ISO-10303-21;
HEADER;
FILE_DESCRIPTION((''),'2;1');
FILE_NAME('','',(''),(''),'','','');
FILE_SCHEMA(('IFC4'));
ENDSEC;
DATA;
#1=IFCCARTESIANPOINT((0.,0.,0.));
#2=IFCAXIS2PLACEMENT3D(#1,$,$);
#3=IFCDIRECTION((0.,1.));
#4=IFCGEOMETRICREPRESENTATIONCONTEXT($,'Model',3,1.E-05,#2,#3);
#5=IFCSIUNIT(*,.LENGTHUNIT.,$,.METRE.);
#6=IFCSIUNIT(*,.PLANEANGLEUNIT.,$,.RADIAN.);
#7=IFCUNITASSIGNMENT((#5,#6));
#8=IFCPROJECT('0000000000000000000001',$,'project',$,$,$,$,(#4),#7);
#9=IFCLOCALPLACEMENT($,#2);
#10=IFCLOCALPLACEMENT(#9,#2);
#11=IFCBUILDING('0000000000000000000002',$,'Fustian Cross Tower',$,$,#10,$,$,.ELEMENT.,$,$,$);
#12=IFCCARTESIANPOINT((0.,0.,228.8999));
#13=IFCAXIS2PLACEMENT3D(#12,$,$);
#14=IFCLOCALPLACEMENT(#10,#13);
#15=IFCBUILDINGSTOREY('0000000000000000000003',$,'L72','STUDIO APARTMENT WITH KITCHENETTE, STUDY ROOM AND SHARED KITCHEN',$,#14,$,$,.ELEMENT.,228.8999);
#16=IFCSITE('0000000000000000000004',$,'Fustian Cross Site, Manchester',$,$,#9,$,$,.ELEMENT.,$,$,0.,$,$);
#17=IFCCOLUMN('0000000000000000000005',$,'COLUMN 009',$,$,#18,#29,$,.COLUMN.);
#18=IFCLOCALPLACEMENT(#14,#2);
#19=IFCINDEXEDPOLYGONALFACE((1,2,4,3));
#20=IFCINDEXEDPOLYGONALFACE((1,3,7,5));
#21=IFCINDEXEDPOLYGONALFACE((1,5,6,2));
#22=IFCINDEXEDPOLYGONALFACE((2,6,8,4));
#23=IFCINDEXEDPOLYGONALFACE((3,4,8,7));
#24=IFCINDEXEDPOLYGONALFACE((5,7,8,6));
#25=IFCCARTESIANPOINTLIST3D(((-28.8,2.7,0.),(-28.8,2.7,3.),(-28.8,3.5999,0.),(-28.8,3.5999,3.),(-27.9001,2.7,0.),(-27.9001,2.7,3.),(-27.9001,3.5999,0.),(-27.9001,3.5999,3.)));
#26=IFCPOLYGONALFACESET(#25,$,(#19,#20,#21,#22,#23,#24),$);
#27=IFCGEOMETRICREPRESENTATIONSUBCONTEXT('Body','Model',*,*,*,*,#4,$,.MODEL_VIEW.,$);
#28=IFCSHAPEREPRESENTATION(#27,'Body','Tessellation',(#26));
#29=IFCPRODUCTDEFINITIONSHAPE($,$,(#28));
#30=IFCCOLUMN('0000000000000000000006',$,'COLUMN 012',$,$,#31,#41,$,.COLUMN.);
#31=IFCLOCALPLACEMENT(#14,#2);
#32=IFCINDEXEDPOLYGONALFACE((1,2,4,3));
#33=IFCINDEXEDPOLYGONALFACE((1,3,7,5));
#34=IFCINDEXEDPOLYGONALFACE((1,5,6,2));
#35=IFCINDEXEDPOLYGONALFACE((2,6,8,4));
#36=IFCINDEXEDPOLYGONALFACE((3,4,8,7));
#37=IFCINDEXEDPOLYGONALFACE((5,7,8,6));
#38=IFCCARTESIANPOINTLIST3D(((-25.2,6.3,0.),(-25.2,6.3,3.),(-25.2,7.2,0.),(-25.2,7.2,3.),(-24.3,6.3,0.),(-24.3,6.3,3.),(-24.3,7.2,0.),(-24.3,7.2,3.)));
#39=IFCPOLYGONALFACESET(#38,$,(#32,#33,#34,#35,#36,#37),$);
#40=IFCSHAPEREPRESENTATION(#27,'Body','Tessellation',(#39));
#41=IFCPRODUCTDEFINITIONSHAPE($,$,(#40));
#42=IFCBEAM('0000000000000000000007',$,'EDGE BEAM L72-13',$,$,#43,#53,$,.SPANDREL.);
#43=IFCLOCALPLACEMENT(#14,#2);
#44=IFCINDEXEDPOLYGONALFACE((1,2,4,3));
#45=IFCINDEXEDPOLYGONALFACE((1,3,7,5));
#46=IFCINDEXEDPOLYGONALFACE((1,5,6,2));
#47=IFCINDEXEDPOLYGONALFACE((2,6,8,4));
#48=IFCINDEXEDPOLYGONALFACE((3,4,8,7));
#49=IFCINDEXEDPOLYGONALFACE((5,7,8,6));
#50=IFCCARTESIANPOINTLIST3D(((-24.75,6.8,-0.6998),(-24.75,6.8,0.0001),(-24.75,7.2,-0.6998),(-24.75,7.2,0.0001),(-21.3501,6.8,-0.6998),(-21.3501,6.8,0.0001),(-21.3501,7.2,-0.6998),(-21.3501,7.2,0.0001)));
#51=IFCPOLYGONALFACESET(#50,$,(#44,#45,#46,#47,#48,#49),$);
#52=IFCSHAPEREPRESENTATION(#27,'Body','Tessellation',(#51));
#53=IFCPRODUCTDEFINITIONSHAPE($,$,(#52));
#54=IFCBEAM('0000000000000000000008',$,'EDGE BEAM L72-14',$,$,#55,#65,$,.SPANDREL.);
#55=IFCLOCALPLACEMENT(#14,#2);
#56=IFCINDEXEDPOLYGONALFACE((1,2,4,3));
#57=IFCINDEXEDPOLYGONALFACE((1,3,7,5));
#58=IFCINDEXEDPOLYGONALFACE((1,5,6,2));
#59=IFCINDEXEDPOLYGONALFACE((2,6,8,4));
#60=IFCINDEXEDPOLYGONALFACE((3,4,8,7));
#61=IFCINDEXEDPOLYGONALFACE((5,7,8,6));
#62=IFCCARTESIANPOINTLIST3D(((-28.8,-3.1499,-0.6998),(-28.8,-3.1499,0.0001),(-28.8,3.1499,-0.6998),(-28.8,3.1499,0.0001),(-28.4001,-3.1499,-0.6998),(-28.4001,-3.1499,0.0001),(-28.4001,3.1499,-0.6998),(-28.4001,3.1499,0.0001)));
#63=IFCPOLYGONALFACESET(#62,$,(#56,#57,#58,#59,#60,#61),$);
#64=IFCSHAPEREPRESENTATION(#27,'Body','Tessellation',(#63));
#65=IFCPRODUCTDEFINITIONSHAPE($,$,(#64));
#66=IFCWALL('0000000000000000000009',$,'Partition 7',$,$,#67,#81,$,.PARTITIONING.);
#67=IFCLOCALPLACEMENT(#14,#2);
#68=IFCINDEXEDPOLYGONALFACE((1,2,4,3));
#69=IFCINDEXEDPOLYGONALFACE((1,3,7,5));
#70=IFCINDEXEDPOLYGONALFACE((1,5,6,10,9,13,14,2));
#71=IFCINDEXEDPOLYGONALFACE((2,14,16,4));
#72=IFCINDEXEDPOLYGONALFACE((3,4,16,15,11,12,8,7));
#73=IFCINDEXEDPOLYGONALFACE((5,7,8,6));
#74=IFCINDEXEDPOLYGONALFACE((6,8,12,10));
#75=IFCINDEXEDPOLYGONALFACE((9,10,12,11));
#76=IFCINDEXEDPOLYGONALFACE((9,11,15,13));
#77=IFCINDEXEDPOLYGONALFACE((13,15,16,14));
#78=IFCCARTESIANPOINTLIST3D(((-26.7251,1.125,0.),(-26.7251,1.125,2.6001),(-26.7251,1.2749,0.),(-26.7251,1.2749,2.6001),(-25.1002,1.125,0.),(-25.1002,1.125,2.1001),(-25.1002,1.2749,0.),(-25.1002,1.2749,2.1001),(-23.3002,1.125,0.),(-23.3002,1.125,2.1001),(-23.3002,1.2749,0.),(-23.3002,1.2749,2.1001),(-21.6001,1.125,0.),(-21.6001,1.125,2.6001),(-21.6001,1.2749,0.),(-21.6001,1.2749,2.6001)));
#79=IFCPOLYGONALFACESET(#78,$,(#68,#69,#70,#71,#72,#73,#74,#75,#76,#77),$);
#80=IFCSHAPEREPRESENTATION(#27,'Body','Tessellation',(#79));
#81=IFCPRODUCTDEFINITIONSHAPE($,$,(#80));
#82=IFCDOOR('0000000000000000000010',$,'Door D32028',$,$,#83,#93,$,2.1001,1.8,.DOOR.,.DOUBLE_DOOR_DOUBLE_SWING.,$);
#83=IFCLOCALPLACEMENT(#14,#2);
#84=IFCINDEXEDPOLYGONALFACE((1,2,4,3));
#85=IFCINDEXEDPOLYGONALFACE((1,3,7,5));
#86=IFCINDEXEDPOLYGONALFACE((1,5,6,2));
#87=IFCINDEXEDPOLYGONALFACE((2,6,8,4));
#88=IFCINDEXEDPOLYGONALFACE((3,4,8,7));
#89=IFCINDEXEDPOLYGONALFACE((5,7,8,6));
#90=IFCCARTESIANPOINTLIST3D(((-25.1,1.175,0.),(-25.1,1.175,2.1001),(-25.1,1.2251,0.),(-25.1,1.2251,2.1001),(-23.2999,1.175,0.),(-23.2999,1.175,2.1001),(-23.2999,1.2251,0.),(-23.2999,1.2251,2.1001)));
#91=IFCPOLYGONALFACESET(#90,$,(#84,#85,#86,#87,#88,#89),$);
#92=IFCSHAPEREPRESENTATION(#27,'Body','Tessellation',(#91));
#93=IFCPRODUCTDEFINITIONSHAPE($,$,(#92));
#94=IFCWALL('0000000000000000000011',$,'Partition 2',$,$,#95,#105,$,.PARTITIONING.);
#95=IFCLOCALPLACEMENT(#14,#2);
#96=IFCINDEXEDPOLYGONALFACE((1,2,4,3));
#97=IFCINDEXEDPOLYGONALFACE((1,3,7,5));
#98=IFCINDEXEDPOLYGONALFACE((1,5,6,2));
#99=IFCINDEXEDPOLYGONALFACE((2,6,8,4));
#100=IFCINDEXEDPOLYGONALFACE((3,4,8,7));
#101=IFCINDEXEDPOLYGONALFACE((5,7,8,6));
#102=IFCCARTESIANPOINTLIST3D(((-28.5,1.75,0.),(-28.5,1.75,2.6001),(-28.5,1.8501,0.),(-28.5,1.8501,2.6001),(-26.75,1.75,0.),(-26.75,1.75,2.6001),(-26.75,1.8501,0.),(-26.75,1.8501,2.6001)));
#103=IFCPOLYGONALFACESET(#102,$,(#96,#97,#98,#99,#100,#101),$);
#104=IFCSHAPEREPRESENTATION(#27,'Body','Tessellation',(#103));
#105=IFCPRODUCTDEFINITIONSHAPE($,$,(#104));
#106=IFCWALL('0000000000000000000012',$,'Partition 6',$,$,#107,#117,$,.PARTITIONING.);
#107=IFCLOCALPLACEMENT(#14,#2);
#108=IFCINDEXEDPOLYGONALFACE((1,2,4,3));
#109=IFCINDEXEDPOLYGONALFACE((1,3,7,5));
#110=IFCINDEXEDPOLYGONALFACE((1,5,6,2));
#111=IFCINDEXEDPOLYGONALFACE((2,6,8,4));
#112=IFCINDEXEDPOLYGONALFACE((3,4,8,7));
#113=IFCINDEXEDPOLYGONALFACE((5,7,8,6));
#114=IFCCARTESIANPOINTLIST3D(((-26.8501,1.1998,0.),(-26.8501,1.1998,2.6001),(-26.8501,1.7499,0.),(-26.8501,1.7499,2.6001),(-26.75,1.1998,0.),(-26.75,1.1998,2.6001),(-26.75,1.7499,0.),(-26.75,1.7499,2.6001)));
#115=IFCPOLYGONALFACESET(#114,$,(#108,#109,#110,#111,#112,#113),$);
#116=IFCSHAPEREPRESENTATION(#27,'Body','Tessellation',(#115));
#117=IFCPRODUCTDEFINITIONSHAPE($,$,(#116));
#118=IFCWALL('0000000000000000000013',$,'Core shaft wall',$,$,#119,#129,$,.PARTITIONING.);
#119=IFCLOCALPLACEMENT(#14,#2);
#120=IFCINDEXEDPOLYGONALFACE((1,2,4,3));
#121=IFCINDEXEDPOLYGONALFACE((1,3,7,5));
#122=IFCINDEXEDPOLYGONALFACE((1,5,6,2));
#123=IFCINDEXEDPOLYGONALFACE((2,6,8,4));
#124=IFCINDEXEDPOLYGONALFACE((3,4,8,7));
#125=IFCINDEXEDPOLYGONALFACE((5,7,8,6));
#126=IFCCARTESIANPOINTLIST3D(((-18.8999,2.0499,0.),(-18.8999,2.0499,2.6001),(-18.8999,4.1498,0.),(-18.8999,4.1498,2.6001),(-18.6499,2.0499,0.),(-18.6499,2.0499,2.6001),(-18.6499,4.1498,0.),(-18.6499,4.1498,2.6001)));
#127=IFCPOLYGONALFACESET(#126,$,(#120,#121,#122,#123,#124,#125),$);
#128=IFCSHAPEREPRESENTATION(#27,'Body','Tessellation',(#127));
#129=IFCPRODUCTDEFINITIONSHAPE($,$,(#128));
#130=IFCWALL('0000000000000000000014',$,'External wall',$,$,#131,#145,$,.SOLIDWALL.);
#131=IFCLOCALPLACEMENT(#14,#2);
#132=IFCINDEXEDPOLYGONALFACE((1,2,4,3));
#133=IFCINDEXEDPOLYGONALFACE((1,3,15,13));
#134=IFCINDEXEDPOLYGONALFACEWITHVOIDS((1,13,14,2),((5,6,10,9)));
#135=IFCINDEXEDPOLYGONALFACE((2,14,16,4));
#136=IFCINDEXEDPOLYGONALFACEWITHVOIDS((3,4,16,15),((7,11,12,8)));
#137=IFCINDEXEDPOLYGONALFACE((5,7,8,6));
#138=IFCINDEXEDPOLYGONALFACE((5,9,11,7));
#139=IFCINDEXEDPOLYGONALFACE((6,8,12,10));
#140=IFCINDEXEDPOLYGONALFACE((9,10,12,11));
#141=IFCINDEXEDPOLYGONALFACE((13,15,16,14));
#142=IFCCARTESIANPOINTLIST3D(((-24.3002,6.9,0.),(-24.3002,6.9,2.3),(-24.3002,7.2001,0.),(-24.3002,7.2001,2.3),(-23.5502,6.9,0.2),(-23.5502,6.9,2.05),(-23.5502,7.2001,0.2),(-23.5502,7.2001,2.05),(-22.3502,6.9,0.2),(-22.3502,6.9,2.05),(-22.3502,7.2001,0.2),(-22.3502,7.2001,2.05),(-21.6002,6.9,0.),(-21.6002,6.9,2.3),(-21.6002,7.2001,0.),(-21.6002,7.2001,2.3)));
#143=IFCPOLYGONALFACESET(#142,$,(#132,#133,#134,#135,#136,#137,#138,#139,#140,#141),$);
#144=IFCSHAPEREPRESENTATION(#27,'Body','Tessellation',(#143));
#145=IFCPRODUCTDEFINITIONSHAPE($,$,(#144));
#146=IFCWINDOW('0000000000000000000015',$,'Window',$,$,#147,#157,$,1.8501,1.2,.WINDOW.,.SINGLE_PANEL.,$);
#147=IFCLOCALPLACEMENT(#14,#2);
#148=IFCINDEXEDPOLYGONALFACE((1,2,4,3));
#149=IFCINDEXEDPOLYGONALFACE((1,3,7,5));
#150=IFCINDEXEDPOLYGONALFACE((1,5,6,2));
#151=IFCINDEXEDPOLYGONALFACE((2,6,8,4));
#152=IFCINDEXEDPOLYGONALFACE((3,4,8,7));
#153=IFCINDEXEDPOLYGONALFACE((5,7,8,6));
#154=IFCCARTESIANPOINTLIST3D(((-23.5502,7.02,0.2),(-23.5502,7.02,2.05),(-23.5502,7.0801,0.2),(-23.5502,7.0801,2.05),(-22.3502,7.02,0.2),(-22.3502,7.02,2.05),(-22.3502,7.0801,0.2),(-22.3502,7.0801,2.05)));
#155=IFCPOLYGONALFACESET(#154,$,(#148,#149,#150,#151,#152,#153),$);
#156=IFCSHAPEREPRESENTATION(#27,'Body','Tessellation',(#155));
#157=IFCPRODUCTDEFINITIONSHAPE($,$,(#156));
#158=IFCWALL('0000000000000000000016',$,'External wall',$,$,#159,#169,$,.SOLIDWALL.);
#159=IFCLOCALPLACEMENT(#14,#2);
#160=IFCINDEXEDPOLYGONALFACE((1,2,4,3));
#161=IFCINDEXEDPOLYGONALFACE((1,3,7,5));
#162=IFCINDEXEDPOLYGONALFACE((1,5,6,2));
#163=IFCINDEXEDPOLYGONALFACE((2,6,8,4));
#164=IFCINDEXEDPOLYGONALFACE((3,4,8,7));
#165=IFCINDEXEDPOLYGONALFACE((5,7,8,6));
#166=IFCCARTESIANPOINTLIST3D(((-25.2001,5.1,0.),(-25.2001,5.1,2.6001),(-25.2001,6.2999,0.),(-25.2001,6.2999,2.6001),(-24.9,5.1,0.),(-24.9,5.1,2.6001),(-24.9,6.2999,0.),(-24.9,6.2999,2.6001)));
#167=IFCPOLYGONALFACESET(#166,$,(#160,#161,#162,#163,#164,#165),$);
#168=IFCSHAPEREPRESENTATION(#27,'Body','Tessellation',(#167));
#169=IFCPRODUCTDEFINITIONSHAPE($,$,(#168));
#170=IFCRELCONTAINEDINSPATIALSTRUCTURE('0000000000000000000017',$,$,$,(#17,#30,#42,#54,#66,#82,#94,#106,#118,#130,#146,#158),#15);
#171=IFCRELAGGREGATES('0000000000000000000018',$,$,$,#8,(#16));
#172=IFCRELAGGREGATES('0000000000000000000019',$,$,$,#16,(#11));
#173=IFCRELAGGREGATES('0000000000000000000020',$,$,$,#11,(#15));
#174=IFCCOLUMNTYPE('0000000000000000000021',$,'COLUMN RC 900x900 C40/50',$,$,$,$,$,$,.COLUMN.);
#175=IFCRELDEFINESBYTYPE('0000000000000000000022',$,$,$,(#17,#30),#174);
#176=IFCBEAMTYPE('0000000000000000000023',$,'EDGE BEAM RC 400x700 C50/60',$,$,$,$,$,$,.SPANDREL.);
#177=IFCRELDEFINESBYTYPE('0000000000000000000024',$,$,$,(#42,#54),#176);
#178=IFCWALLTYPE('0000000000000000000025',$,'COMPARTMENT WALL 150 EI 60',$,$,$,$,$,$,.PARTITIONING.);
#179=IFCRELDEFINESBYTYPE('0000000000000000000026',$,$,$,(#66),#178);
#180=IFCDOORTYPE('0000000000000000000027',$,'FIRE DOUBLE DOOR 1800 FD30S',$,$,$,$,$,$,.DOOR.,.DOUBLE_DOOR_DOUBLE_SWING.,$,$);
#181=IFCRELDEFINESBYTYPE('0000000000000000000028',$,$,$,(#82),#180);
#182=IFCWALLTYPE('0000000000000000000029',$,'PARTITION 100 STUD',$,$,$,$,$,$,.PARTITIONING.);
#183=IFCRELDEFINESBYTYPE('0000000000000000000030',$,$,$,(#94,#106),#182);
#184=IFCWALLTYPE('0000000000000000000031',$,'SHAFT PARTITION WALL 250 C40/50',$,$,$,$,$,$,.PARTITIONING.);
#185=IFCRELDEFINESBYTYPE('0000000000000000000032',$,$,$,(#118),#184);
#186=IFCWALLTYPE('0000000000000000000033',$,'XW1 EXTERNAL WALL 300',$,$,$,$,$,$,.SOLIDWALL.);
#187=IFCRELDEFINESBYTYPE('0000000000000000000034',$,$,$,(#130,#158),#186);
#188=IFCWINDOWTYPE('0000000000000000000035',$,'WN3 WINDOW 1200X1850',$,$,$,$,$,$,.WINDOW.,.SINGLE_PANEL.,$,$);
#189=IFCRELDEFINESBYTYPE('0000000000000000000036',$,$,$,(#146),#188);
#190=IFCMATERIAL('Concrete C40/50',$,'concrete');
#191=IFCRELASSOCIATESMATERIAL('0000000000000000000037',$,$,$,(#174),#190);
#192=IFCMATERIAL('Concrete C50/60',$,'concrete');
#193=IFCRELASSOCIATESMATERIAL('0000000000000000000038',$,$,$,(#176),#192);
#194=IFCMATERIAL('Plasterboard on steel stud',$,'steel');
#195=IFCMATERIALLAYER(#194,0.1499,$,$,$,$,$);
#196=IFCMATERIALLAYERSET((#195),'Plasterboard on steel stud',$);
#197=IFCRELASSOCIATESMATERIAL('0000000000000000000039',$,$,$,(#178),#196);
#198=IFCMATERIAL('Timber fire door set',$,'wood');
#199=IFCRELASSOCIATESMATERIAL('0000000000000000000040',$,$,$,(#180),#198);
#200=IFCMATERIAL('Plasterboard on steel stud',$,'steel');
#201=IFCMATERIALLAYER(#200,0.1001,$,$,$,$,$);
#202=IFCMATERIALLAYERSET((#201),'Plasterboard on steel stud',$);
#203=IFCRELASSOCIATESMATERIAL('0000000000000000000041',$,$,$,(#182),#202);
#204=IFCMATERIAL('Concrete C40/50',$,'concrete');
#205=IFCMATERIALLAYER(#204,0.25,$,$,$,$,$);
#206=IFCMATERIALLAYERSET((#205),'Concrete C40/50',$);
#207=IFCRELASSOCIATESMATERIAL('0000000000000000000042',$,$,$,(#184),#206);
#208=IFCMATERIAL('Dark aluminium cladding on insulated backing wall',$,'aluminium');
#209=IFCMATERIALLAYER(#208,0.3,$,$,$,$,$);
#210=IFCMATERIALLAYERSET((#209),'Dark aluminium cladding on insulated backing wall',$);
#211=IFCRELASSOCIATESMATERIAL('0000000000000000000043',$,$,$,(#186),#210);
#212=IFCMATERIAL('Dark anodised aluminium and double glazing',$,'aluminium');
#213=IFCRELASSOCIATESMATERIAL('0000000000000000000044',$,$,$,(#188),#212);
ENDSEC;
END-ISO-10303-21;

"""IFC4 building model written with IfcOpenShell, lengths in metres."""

from ifc_helpers import new_model, si_unit, direction, frame, frame_2d, origin, origin_2d, place, context, subcontext, project, spatial, rectangle, extrude, material, layer, layer_set, material_profile, profile_set, type_object, element, fill, save


model = new_model("IFC4")

# Units and contexts
model_context = context("Model", 3, precision=1e-05, world=origin(), true_north=direction((0.0, 1.0)))
body_context = subcontext(model_context, "Body", "Model", "MODEL_VIEW")
ifc_project = project(units=[si_unit("LENGTHUNIT", "METRE"), si_unit("PLANEANGLEUNIT", "RADIAN")], contexts=[model_context])

# Site, building, storey
site_placement = place(None, origin())
site = spatial("IfcSite", under=ifc_project, at=site_placement, Name="Fustian Cross Site, Manchester", CompositionType="ELEMENT", RefElevation=0.0)
building_placement = place(site_placement, origin())
building = spatial("IfcBuilding", under=site, at=building_placement, Name="Fustian Cross Tower", CompositionType="ELEMENT")
storey_placement = place(building_placement, frame((0.0, 0.0, 228.8999)))
storey = spatial("IfcBuildingStorey", under=building, at=storey_placement, Name="L72", Description="STUDIO APARTMENT WITH KITCHENETTE, STUDY ROOM AND SHARED KITCHEN", CompositionType="ELEMENT", Elevation=228.8999)

# Columns
ifc_material_1 = material(Name="Concrete C40/50", Category="concrete")
ifc_material_profile_1 = material_profile(ifc_material_1, rectangle(XDim=0.8999, YDim=0.8999, at=origin_2d()), Name="RC 900x900")
ifc_profile_set_1 = profile_set([ifc_material_profile_1], Name="Concrete C40/50")
column_type = type_object("IfcColumnType", Name="COLUMN RC 900x900 C40/50", PredefinedType="COLUMN", material=ifc_profile_set_1)
for number, where, z_axis, x_axis, name in (
    (1, (-28.3501, 3.1499, 0.0), (0.0, 0.0, 1.0), (1.0, 0.0, 0.0), "COLUMN 009"),
    (2, (-24.75, 6.75, 0.0), (0.0, 0.0, 1.0), (1.0, 0.0, 0.0), "COLUMN 012"),
):
    element("IfcColumn", number, at=place(storey_placement, frame(where, z_axis=z_axis, x_axis=x_axis)), inside=storey, type_object=column_type, Name=name, PredefinedType="COLUMN", context=body_context, shape_type="SweptSolid", body=[
        extrude(rectangle(XDim=0.8999, YDim=0.8999, at=origin_2d()), origin(), (0.0, 0.0, 1.0), 3.0),
    ])

# Beams
ifc_material_2 = material(Name="Concrete C50/60", Category="concrete")
ifc_material_profile_2 = material_profile(ifc_material_2, rectangle(XDim=0.3999, YDim=0.7, at=origin_2d()), Name="RC 400x700")
ifc_profile_set_2 = profile_set([ifc_material_profile_2], Name="Concrete C50/60")
beam_type = type_object("IfcBeamType", Name="EDGE BEAM RC 400x700 C50/60", PredefinedType="SPANDREL", material=ifc_profile_set_2)
beam_1_placement = place(storey_placement, frame((-21.3501, 7.0, -0.3499), z_axis=(-1.0, 0.0, 0.0), x_axis=(0.0, -1.0, 0.0)))
element("IfcBeam", 3, at=beam_1_placement, inside=storey, type_object=beam_type, Name="EDGE BEAM L72-13", PredefinedType="SPANDREL", context=body_context, shape_type="SweptSolid", body=[
    extrude(rectangle(XDim=0.3999, YDim=0.7, at=origin_2d()), origin(), (0.0, 0.0, 1.0), 3.3999),
])
beam_2_placement = place(storey_placement, frame((-28.6001, 3.1499, -0.3499), z_axis=(0.0, -1.0, 0.0), x_axis=(1.0, 0.0, 0.0)))
element("IfcBeam", 4, at=beam_2_placement, inside=storey, type_object=beam_type, Name="EDGE BEAM L72-14", PredefinedType="SPANDREL", context=body_context, shape_type="SweptSolid", body=[
    extrude(rectangle(XDim=0.3999, YDim=0.7, at=origin_2d()), origin(), (0.0, 0.0, 1.0), 6.2998),
])

# Wall, opening, door
ifc_material_3 = material(Name="Plasterboard on steel stud", Category="steel")
ifc_layer_1 = layer(ifc_material_3, 0.1499)
ifc_layer_set_1 = layer_set([ifc_layer_1], Name="Plasterboard on steel stud")
wall_type_1 = type_object("IfcWallType", Name="COMPARTMENT WALL 150 EI 60", PredefinedType="PARTITIONING", material=ifc_layer_set_1)
wall_1_placement = place(storey_placement, frame((-26.7251, 1.2, 0.0), z_axis=(0.0, 0.0, 1.0), x_axis=(1.0, 0.0, 0.0)))
wall_1 = element("IfcWall", 5, at=wall_1_placement, inside=storey, type_object=wall_type_1, Name="Partition 7", PredefinedType="PARTITIONING", context=body_context, shape_type="SweptSolid", body=[
    extrude(rectangle(XDim=5.125, YDim=0.1499, at=frame_2d((2.5625, 0.0))), origin(), (0.0, 0.0, 1.0), 2.6001),
])
opening_1_placement = place(wall_1_placement, frame((1.625, 0.0, 0.0)))
opening_1 = element("IfcOpeningElement", 6, at=opening_1_placement, cuts=wall_1, PredefinedType="OPENING", context=body_context, shape_type="SweptSolid", body=[
    extrude(rectangle(XDim=1.8, YDim=2.1001, at=frame_2d((0.8999, 1.05))), frame((0.0, 0.085, 0.0), z_axis=(0.0, -1.0, 0.0), x_axis=(1.0, 0.0, 0.0)), (0.0, 0.0, 1.0), 0.1699),
])
ifc_material_4 = material(Name="Timber fire door set", Category="wood")
door_type = type_object("IfcDoorType", Name="FIRE DOUBLE DOOR 1800 FD30S", OperationType="DOUBLE_DOOR_DOUBLE_SWING", PredefinedType="DOOR", material=ifc_material_4)
door_placement = place(opening_1_placement, frame((1.8, 0.0, 0.0), z_axis=(0.0, 0.0, 1.0), x_axis=(-1.0, 0.0, 0.0)))
door = element("IfcDoor", 7, at=door_placement, inside=storey, type_object=door_type, Name="Door D32028", OperationType="DOUBLE_DOOR_DOUBLE_SWING", OverallHeight=2.1001, OverallWidth=1.8, PredefinedType="DOOR", context=body_context, shape_type="SweptSolid", body=[
    extrude(rectangle(XDim=1.8, YDim=2.1001, at=frame_2d((0.8999, 1.05))), frame((0.0, 0.0249, 0.0), z_axis=(0.0, -1.0, 0.0), x_axis=(1.0, 0.0, 0.0)), (0.0, 0.0, 1.0), 0.05),
])
fill(opening_1, door)

# Walls
ifc_material_5 = material(Name="Plasterboard on steel stud", Category="steel")
ifc_layer_2 = layer(ifc_material_5, 0.1001)
ifc_layer_set_2 = layer_set([ifc_layer_2], Name="Plasterboard on steel stud")
wall_type_2 = type_object("IfcWallType", Name="PARTITION 100 STUD", PredefinedType="PARTITIONING", material=ifc_layer_set_2)
wall_2_placement = place(storey_placement, frame((-28.5, 1.8, 0.0), z_axis=(0.0, 0.0, 1.0), x_axis=(1.0, 0.0, 0.0)))
element("IfcWall", 8, at=wall_2_placement, inside=storey, type_object=wall_type_2, Name="Partition 2", PredefinedType="PARTITIONING", context=body_context, shape_type="SweptSolid", body=[
    extrude(rectangle(XDim=1.75, YDim=0.1001, at=frame_2d((0.875, 0.0))), origin(), (0.0, 0.0, 1.0), 2.6001),
])
wall_3_placement = place(storey_placement, frame((-26.8, 1.2, 0.0), z_axis=(0.0, 0.0, 1.0), x_axis=(0.0, 1.0, 0.0)))
element("IfcWall", 9, at=wall_3_placement, inside=storey, type_object=wall_type_2, Name="Partition 6", PredefinedType="PARTITIONING", context=body_context, shape_type="SweptSolid", body=[
    extrude(rectangle(XDim=0.55, YDim=0.1001, at=frame_2d((0.2749, 0.0))), origin(), (0.0, 0.0, 1.0), 2.6001),
])
ifc_material_6 = material(Name="Concrete C40/50", Category="concrete")
ifc_layer_3 = layer(ifc_material_6, 0.25)
ifc_layer_set_3 = layer_set([ifc_layer_3], Name="Concrete C40/50")
wall_type_3 = type_object("IfcWallType", Name="SHAFT PARTITION WALL 250 C40/50", PredefinedType="PARTITIONING", material=ifc_layer_set_3)
wall_4_placement = place(storey_placement, frame((-18.7749, 2.05, 0.0), z_axis=(0.0, 0.0, 1.0), x_axis=(0.0, 1.0, 0.0)))
element("IfcWall", 10, at=wall_4_placement, inside=storey, type_object=wall_type_3, Name="Core shaft wall", PredefinedType="PARTITIONING", context=body_context, shape_type="SweptSolid", body=[
    extrude(rectangle(XDim=2.0999, YDim=0.25, at=frame_2d((1.0498, 0.0))), origin(), (0.0, 0.0, 1.0), 2.6001),
])

# Wall, opening, window
ifc_material_7 = material(Name="Dark aluminium cladding on insulated backing wall", Category="aluminium")
ifc_layer_4 = layer(ifc_material_7, 0.3)
ifc_layer_set_4 = layer_set([ifc_layer_4], Name="Dark aluminium cladding on insulated backing wall")
wall_type_4 = type_object("IfcWallType", Name="XW1 EXTERNAL WALL 300", PredefinedType="SOLIDWALL", material=ifc_layer_set_4)
wall_5_placement = place(storey_placement, frame((-21.6001, 7.05, 0.0), z_axis=(0.0, 0.0, 1.0), x_axis=(-1.0, 0.0, 0.0)))
wall_5 = element("IfcWall", 11, at=wall_5_placement, inside=storey, type_object=wall_type_4, Name="External wall", PredefinedType="SOLIDWALL", context=body_context, shape_type="SweptSolid", body=[
    extrude(rectangle(XDim=2.7, YDim=0.3, at=frame_2d((1.3501, 0.0))), origin(), (0.0, 0.0, 1.0), 2.3),
])
opening_2_placement = place(wall_5_placement, frame((0.75, 0.0, 0.2)))
opening_2 = element("IfcOpeningElement", 12, at=opening_2_placement, cuts=wall_5, PredefinedType="OPENING", context=body_context, shape_type="SweptSolid", body=[
    extrude(rectangle(XDim=1.2, YDim=1.8501, at=frame_2d((0.6001, 0.925))), frame((0.0, 0.1599, 0.0), z_axis=(0.0, -1.0, 0.0), x_axis=(1.0, 0.0, 0.0)), (0.0, 0.0, 1.0), 0.3201),
])
ifc_material_8 = material(Name="Dark anodised aluminium and double glazing", Category="aluminium")
window_type_1 = type_object("IfcWindowType", Name="WN3 WINDOW 1200X1850", PartitioningType="SINGLE_PANEL", PredefinedType="WINDOW", material=ifc_material_8)
window_1_placement = place(opening_2_placement, origin())
window_1 = element("IfcWindow", 13, at=window_1_placement, inside=storey, type_object=window_type_1, Name="Window", OverallHeight=1.8501, OverallWidth=1.2, PartitioningType="SINGLE_PANEL", PredefinedType="WINDOW", context=body_context, shape_type="SweptSolid", body=[
    extrude(rectangle(XDim=1.2, YDim=1.8501, at=frame_2d((0.6001, 0.925))), frame((0.0, 0.03, 0.0), z_axis=(0.0, -1.0, 0.0), x_axis=(1.0, 0.0, 0.0)), (0.0, 0.0, 1.0), 0.0601),
])
fill(opening_2, window_1)

# Wall
wall_6_placement = place(storey_placement, frame((-25.05, 6.3, 0.0), z_axis=(0.0, 0.0, 1.0), x_axis=(0.0, -1.0, 0.0)))
element("IfcWall", 14, at=wall_6_placement, inside=storey, type_object=wall_type_4, Name="External wall", PredefinedType="SOLIDWALL", context=body_context, shape_type="SweptSolid", body=[
    extrude(rectangle(XDim=1.2, YDim=0.3, at=frame_2d((0.6001, 0.0))), origin(), (0.0, 0.0, 1.0), 2.6001),
])

save(model, "model.ifc")
